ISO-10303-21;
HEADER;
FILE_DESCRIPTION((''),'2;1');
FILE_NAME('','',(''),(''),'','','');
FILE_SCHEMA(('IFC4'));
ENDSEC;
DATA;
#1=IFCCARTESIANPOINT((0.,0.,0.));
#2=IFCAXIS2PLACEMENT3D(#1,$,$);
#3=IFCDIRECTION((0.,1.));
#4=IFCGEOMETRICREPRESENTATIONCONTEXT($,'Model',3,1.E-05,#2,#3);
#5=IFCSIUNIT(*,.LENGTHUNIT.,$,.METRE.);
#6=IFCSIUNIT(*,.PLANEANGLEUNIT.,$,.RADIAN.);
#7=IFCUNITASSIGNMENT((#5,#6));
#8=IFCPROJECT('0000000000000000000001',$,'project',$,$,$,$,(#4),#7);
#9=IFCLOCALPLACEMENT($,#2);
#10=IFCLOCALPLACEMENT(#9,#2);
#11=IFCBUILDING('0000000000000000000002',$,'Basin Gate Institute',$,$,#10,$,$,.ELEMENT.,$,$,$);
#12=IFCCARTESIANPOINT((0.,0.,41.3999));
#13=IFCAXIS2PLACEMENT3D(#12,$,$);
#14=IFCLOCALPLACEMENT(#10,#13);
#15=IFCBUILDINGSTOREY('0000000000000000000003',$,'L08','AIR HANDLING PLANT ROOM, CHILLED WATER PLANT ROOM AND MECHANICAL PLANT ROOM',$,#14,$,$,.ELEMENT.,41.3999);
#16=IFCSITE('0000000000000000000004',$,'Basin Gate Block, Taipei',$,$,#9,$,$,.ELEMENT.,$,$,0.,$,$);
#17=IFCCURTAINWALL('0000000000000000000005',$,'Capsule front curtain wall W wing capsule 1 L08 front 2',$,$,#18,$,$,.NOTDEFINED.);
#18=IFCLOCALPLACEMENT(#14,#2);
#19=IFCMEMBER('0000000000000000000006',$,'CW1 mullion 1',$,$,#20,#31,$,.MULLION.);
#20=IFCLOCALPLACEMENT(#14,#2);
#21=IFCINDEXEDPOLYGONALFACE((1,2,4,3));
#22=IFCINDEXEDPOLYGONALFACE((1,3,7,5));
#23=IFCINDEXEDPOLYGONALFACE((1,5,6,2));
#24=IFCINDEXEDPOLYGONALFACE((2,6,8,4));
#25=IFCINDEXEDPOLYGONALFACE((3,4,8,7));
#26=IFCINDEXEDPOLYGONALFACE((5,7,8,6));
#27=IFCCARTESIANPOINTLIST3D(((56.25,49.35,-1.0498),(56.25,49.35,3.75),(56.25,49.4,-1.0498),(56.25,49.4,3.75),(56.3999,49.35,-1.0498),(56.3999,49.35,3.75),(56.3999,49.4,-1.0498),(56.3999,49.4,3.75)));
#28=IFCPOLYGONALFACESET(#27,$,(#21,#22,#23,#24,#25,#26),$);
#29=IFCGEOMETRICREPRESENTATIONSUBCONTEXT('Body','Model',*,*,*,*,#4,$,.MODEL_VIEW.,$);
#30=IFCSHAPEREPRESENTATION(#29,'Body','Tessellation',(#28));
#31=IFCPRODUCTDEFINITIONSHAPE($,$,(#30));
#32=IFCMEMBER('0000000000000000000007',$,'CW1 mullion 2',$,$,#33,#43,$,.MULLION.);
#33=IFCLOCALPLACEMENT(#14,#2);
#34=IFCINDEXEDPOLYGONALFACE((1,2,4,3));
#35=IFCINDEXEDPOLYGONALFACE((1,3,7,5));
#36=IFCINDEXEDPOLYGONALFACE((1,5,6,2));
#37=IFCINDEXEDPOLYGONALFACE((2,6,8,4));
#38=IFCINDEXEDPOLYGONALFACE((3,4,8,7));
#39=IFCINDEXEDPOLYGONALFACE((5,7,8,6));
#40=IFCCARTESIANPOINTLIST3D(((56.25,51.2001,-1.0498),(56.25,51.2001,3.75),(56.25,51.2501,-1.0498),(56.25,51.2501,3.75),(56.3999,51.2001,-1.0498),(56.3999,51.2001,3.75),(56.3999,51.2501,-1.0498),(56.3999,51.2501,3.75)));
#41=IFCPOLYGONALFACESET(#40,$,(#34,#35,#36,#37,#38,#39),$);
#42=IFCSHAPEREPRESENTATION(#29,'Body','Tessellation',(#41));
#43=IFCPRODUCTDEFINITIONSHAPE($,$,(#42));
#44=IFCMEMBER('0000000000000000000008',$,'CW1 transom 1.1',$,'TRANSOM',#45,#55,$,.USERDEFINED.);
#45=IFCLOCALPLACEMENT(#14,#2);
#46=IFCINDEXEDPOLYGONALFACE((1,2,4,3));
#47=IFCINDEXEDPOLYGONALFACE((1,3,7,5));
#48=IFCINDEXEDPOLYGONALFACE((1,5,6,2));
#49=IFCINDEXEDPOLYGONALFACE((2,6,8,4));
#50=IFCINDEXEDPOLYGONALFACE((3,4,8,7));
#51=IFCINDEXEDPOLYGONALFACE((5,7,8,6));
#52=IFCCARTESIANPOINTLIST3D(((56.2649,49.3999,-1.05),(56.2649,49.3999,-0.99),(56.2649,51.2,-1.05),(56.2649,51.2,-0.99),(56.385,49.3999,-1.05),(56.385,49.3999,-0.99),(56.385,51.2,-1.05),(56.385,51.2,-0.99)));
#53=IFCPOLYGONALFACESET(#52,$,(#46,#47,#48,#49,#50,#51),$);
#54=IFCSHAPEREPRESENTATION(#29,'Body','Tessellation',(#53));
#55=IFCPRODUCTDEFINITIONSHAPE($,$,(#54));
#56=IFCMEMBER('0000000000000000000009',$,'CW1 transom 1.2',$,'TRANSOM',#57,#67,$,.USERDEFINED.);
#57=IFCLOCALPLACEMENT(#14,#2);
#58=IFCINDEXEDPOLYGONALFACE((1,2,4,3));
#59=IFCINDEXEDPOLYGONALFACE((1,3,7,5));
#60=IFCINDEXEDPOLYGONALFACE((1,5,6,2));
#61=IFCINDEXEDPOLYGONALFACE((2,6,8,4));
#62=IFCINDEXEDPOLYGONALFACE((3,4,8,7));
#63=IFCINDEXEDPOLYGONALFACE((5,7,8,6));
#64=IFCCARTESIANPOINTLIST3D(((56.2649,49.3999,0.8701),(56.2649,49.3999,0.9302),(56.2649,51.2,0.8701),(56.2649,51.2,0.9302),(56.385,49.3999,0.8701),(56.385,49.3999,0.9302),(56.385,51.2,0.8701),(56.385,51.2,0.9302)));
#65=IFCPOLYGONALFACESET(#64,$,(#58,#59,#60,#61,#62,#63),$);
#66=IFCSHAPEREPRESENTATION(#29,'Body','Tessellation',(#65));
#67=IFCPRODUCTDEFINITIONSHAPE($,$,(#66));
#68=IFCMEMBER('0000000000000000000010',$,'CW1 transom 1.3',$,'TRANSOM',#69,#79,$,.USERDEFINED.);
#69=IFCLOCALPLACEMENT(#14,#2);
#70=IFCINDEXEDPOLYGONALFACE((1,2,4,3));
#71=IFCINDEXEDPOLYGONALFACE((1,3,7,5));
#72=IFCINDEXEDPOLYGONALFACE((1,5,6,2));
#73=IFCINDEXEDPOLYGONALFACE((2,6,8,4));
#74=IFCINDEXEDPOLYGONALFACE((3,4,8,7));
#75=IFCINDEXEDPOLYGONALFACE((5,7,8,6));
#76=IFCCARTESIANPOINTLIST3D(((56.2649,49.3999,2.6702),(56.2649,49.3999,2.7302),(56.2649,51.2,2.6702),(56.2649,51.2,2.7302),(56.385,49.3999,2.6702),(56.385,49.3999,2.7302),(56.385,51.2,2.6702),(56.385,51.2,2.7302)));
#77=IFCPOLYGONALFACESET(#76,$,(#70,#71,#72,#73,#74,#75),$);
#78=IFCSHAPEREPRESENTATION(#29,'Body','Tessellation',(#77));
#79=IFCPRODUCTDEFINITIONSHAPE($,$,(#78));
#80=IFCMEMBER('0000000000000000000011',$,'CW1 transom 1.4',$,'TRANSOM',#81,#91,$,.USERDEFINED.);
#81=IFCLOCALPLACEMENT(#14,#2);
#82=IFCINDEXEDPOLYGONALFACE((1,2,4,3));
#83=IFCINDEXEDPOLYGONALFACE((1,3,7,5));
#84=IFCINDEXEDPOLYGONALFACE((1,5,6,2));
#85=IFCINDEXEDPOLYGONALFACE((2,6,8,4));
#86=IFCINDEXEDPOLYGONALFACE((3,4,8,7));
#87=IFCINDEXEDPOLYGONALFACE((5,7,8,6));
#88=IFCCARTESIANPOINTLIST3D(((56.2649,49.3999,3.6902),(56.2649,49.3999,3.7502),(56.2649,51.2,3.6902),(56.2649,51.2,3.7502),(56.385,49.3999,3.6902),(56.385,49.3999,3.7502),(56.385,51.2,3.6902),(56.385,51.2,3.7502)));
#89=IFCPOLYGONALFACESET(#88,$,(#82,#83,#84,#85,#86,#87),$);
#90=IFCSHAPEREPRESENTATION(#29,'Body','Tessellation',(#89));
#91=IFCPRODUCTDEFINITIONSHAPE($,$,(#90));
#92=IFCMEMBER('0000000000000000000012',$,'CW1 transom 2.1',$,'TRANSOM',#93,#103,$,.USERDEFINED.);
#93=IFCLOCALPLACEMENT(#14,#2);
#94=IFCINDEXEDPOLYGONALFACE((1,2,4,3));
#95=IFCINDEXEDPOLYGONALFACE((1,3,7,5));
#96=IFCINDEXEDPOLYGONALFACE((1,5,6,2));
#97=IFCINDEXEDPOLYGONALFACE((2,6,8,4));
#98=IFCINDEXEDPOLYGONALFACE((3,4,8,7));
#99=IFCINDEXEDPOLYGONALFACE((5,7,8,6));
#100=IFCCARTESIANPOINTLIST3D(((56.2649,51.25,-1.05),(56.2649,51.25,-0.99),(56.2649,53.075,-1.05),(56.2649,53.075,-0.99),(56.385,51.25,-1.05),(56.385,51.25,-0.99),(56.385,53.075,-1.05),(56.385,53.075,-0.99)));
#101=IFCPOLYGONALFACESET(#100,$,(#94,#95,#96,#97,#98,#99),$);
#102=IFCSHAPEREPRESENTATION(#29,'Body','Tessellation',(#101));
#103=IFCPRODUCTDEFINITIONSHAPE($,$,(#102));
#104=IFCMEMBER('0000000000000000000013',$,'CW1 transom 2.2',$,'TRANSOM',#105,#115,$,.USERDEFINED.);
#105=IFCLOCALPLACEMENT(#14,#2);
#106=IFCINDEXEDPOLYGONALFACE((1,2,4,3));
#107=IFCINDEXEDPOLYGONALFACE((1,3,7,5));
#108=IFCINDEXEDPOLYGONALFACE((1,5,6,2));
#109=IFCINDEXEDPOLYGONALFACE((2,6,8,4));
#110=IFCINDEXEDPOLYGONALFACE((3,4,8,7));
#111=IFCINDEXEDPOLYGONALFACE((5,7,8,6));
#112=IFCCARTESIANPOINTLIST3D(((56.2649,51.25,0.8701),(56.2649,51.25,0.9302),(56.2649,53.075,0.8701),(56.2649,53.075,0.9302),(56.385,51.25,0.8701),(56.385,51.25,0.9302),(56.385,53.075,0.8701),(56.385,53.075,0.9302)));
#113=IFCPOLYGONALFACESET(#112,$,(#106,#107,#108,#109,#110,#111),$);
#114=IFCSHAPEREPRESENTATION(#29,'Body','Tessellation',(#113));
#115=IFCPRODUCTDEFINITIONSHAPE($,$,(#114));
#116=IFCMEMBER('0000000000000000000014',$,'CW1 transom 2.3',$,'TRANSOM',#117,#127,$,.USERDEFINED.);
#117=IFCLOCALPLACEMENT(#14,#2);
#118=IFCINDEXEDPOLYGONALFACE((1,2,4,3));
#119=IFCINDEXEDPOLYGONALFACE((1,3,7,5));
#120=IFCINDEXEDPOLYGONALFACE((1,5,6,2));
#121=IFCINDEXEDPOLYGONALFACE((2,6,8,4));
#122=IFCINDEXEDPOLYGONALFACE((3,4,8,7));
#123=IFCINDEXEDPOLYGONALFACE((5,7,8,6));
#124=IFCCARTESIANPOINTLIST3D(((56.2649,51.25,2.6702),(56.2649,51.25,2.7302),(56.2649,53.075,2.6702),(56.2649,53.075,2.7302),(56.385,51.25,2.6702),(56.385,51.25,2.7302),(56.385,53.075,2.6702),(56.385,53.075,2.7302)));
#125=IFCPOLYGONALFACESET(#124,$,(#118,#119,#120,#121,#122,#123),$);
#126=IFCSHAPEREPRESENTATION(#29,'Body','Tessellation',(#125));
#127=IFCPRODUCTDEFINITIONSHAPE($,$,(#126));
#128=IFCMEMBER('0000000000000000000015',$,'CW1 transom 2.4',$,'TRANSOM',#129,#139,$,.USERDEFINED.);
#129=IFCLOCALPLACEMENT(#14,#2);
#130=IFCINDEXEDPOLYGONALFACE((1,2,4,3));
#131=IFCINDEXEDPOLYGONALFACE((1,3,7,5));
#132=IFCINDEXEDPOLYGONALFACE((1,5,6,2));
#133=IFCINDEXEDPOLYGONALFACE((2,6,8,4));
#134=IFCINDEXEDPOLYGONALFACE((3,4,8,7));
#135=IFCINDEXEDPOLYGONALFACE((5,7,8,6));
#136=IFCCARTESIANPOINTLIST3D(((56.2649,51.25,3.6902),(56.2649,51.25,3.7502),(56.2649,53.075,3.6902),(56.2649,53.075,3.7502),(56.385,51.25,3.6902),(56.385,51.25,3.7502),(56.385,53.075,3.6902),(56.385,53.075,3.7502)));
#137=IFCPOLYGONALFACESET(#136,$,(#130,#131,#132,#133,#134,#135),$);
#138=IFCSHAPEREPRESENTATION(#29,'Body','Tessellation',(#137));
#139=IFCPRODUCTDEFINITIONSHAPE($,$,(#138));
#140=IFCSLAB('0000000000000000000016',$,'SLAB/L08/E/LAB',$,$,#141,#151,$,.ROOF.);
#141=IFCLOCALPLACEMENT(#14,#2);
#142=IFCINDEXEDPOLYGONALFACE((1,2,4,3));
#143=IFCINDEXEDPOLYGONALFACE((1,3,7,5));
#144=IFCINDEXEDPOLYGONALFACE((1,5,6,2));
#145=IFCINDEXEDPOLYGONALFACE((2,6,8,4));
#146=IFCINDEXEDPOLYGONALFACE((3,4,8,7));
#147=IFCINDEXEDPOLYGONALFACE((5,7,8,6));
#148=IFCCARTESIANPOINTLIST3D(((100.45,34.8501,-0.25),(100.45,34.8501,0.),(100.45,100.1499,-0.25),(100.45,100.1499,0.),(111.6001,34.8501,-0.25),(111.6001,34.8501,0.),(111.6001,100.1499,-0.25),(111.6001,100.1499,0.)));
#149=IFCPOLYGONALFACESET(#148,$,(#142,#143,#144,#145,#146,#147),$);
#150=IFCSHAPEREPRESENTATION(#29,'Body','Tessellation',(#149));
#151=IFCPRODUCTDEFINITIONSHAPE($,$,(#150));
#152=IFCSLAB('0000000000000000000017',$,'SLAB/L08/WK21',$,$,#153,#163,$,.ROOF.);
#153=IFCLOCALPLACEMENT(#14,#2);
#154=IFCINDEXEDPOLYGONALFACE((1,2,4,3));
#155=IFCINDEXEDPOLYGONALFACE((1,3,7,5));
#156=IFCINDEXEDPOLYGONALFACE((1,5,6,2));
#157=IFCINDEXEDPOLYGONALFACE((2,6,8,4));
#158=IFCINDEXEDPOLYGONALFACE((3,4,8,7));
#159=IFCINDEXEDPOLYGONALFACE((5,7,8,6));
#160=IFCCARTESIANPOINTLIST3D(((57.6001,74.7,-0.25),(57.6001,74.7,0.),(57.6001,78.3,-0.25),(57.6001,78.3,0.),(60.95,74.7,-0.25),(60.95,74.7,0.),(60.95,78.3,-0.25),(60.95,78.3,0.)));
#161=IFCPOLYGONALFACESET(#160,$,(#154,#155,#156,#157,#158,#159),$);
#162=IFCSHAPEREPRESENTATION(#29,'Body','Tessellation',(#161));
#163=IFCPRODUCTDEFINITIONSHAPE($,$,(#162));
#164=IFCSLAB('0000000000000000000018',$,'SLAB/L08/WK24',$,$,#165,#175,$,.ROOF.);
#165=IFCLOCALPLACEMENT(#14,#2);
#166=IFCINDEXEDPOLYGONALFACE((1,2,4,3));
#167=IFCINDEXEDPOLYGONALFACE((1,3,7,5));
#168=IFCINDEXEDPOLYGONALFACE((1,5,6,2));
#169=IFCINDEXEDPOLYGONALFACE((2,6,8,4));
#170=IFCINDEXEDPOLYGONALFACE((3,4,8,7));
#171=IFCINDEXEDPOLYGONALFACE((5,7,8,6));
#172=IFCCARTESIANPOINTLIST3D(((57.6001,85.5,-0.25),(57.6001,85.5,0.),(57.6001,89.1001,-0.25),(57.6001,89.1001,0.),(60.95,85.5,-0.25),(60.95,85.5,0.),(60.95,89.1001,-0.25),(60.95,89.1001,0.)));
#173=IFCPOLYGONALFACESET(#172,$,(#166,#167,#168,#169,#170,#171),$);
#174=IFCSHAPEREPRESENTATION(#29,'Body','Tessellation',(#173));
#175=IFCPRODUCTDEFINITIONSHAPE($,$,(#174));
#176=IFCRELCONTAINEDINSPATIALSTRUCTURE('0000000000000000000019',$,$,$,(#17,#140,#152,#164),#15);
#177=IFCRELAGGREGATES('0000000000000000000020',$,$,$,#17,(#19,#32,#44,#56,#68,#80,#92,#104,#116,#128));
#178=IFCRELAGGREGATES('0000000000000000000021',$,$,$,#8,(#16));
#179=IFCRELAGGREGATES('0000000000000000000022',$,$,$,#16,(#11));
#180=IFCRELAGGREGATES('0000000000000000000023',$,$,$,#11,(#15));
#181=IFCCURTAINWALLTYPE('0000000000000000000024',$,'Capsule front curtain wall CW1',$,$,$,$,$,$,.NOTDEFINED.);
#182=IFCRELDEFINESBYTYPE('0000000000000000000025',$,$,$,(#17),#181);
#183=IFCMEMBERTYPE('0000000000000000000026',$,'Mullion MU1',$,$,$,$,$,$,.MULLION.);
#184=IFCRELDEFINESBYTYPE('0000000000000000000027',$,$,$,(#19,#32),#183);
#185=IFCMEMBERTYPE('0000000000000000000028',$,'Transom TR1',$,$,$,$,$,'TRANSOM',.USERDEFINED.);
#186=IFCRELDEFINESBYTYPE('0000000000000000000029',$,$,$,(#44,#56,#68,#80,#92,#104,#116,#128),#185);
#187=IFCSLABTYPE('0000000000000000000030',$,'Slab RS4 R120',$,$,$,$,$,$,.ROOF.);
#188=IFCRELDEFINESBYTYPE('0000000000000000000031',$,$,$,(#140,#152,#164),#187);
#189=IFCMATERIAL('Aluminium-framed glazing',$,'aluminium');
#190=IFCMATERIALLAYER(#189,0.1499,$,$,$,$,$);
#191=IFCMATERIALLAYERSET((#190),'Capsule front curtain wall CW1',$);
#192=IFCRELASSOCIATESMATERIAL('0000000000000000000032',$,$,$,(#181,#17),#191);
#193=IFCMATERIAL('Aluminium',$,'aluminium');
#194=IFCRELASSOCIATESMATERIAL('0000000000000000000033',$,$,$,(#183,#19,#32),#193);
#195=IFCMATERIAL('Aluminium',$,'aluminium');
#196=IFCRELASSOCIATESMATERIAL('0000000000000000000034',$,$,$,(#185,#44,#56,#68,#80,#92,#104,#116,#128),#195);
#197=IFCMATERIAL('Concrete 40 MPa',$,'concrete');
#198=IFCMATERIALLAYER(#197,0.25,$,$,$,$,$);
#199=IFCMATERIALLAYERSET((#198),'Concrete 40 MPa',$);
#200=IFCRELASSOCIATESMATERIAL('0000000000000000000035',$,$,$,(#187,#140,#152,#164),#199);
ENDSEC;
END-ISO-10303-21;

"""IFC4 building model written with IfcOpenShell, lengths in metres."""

from ifc_helpers import new_model, si_unit, direction, frame, origin, origin_2d, place, context, subcontext, project, spatial, polyline, rectangle, outline, extrude, material, layer, layer_set, material_profile, profile_set, type_object, element, aggregate, save


model = new_model("IFC4")

# Units and contexts
model_context = context("Model", 3, precision=1e-05, world=origin(), true_north=direction((0.0, 1.0)))
body_context = subcontext(model_context, "Body", "Model", "MODEL_VIEW")
ifc_project = project(units=[si_unit("LENGTHUNIT", "METRE"), si_unit("PLANEANGLEUNIT", "RADIAN")], contexts=[model_context])

# Site, building, storey
site_placement = place(None, origin())
site = spatial("IfcSite", under=ifc_project, at=site_placement, Name="Basin Gate Block, Taipei", CompositionType="ELEMENT", RefElevation=0.0)
building_placement = place(site_placement, origin())
building = spatial("IfcBuilding", under=site, at=building_placement, Name="Basin Gate Institute", CompositionType="ELEMENT")
storey_placement = place(building_placement, frame((0.0, 0.0, 41.3999)))
storey = spatial("IfcBuildingStorey", under=building, at=storey_placement, Name="L08", Description="AIR HANDLING PLANT ROOM, CHILLED WATER PLANT ROOM AND MECHANICAL PLANT ROOM", CompositionType="ELEMENT", Elevation=41.3999)

# Curtain wall, members
ifc_material_1 = material(Name="Aluminium-framed glazing", Category="aluminium")
ifc_layer_1 = layer(ifc_material_1, 0.1499)
ifc_layer_set_1 = layer_set([ifc_layer_1], Name="Capsule front curtain wall CW1")
curtain_wall_type = type_object("IfcCurtainWallType", Name="Capsule front curtain wall CW1", PredefinedType="NOTDEFINED", material=ifc_layer_set_1)
curtain_wall_placement = place(storey_placement, origin())
curtain_wall = element("IfcCurtainWall", 1, at=curtain_wall_placement, inside=storey, type_object=curtain_wall_type, material=ifc_layer_set_1, Name="Capsule front curtain wall W wing capsule 1 L08 front 2", PredefinedType="NOTDEFINED")
ifc_material_2 = material(Name="Aluminium", Category="aluminium")
ifc_material_profile_1 = material_profile(ifc_material_2, rectangle(XDim=0.1499, YDim=0.05, at=origin_2d()), Name="Mullion MU1 150 x 50")
ifc_profile_set_1 = profile_set([ifc_material_profile_1], Name="Aluminium")
member_type_1 = type_object("IfcMemberType", Name="Mullion MU1", PredefinedType="MULLION", material=ifc_profile_set_1)
member_1_placement = place(storey_placement, frame((56.325, 49.375, -1.0498), z_axis=(0.0, 0.0, 1.0), x_axis=(-1.0, 0.0, 0.0)))
member_1 = element("IfcMember", 2, at=member_1_placement, type_object=member_type_1, material=ifc_profile_set_1, Name="CW1 mullion 1", PredefinedType="MULLION", context=body_context, shape_type="SweptSolid", body=[
    extrude(rectangle(XDim=0.1499, YDim=0.05, at=origin_2d()), origin(), (0.0, 0.0, 1.0), 4.7998),
])
member_2_placement = place(storey_placement, frame((56.325, 51.2251, -1.0498), z_axis=(0.0, 0.0, 1.0), x_axis=(-1.0, 0.0, 0.0)))
member_2 = element("IfcMember", 3, at=member_2_placement, type_object=member_type_1, material=ifc_profile_set_1, Name="CW1 mullion 2", PredefinedType="MULLION", context=body_context, shape_type="SweptSolid", body=[
    extrude(rectangle(XDim=0.1499, YDim=0.05, at=origin_2d()), origin(), (0.0, 0.0, 1.0), 4.7998),
])
ifc_material_3 = material(Name="Aluminium", Category="aluminium")
ifc_material_profile_2 = material_profile(ifc_material_3, rectangle(XDim=0.1201, YDim=0.0601, at=origin_2d()), Name="Transom TR1 120 x 60")
ifc_profile_set_2 = profile_set([ifc_material_profile_2], Name="Aluminium")
member_type_2 = type_object("IfcMemberType", Name="Transom TR1", ElementType="TRANSOM", PredefinedType="USERDEFINED", material=ifc_profile_set_2)
member_3_placement = place(storey_placement, frame((56.325, 49.3999, -1.02), z_axis=(0.0, 1.0, 0.0), x_axis=(-1.0, 0.0, 0.0)))
member_3 = element("IfcMember", 4, at=member_3_placement, type_object=member_type_2, material=ifc_profile_set_2, Name="CW1 transom 1.1", ObjectType="TRANSOM", PredefinedType="USERDEFINED", context=body_context, shape_type="SweptSolid", body=[
    extrude(rectangle(XDim=0.1201, YDim=0.0601, at=origin_2d()), origin(), (0.0, 0.0, 1.0), 1.8),
])
member_4_placement = place(storey_placement, frame((56.325, 49.3999, 0.9001), z_axis=(0.0, 1.0, 0.0), x_axis=(-1.0, 0.0, 0.0)))
member_4 = element("IfcMember", 5, at=member_4_placement, type_object=member_type_2, material=ifc_profile_set_2, Name="CW1 transom 1.2", ObjectType="TRANSOM", PredefinedType="USERDEFINED", context=body_context, shape_type="SweptSolid", body=[
    extrude(rectangle(XDim=0.1201, YDim=0.0601, at=origin_2d()), origin(), (0.0, 0.0, 1.0), 1.8),
])
member_5_placement = place(storey_placement, frame((56.325, 49.3999, 2.7002), z_axis=(0.0, 1.0, 0.0), x_axis=(-1.0, 0.0, 0.0)))
member_5 = element("IfcMember", 6, at=member_5_placement, type_object=member_type_2, material=ifc_profile_set_2, Name="CW1 transom 1.3", ObjectType="TRANSOM", PredefinedType="USERDEFINED", context=body_context, shape_type="SweptSolid", body=[
    extrude(rectangle(XDim=0.1201, YDim=0.0601, at=origin_2d()), origin(), (0.0, 0.0, 1.0), 1.8),
])
member_6_placement = place(storey_placement, frame((56.325, 49.3999, 3.7202), z_axis=(0.0, 1.0, 0.0), x_axis=(-1.0, 0.0, 0.0)))
member_6 = element("IfcMember", 7, at=member_6_placement, type_object=member_type_2, material=ifc_profile_set_2, Name="CW1 transom 1.4", ObjectType="TRANSOM", PredefinedType="USERDEFINED", context=body_context, shape_type="SweptSolid", body=[
    extrude(rectangle(XDim=0.1201, YDim=0.0601, at=origin_2d()), origin(), (0.0, 0.0, 1.0), 1.8),
])
member_7_placement = place(storey_placement, frame((56.325, 51.25, -1.02), z_axis=(0.0, 1.0, 0.0), x_axis=(-1.0, 0.0, 0.0)))
member_7 = element("IfcMember", 8, at=member_7_placement, type_object=member_type_2, material=ifc_profile_set_2, Name="CW1 transom 2.1", ObjectType="TRANSOM", PredefinedType="USERDEFINED", context=body_context, shape_type="SweptSolid", body=[
    extrude(rectangle(XDim=0.1201, YDim=0.0601, at=origin_2d()), origin(), (0.0, 0.0, 1.0), 1.825),
])
member_8_placement = place(storey_placement, frame((56.325, 51.25, 0.9001), z_axis=(0.0, 1.0, 0.0), x_axis=(-1.0, 0.0, 0.0)))
member_8 = element("IfcMember", 9, at=member_8_placement, type_object=member_type_2, material=ifc_profile_set_2, Name="CW1 transom 2.2", ObjectType="TRANSOM", PredefinedType="USERDEFINED", context=body_context, shape_type="SweptSolid", body=[
    extrude(rectangle(XDim=0.1201, YDim=0.0601, at=origin_2d()), origin(), (0.0, 0.0, 1.0), 1.825),
])
member_9_placement = place(storey_placement, frame((56.325, 51.25, 2.7002), z_axis=(0.0, 1.0, 0.0), x_axis=(-1.0, 0.0, 0.0)))
member_9 = element("IfcMember", 10, at=member_9_placement, type_object=member_type_2, material=ifc_profile_set_2, Name="CW1 transom 2.3", ObjectType="TRANSOM", PredefinedType="USERDEFINED", context=body_context, shape_type="SweptSolid", body=[
    extrude(rectangle(XDim=0.1201, YDim=0.0601, at=origin_2d()), origin(), (0.0, 0.0, 1.0), 1.825),
])
member_10_placement = place(storey_placement, frame((56.325, 51.25, 3.7202), z_axis=(0.0, 1.0, 0.0), x_axis=(-1.0, 0.0, 0.0)))
member_10 = element("IfcMember", 11, at=member_10_placement, type_object=member_type_2, material=ifc_profile_set_2, Name="CW1 transom 2.4", ObjectType="TRANSOM", PredefinedType="USERDEFINED", context=body_context, shape_type="SweptSolid", body=[
    extrude(rectangle(XDim=0.1201, YDim=0.0601, at=origin_2d()), origin(), (0.0, 0.0, 1.0), 1.825),
])

# Slabs
ifc_material_4 = material(Name="Concrete 40 MPa", Category="concrete")
ifc_layer_2 = layer(ifc_material_4, 0.25)
ifc_layer_set_2 = layer_set([ifc_layer_2], Name="Concrete 40 MPa")
slab_type_1 = type_object("IfcSlabType", Name="Slab RS4 R120", PredefinedType="ROOF", material=ifc_layer_set_2)
slab_1_placement = place(storey_placement, frame((0.0, 0.0, -0.25)))
element("IfcSlab", 12, at=slab_1_placement, inside=storey, type_object=slab_type_1, material=ifc_layer_set_2, Name="SLAB/L08/E/LAB", PredefinedType="ROOF", context=body_context, shape_type="SweptSolid", body=[
    extrude(outline(polyline([(111.6001, 100.1499), (100.45, 100.1499), (100.45, 34.8501), (111.6001, 34.8501), (111.6001, 100.1499)])), origin(), (0.0, 0.0, 1.0), 0.25),
])
slab_2_placement = place(storey_placement, frame((0.0, 0.0, -0.25)))
element("IfcSlab", 13, at=slab_2_placement, inside=storey, type_object=slab_type_1, material=ifc_layer_set_2, Name="SLAB/L08/WK21", PredefinedType="ROOF", context=body_context, shape_type="SweptSolid", body=[
    extrude(outline(polyline([(57.6001, 74.7), (60.95, 74.7), (60.95, 78.3), (57.6001, 78.3), (57.6001, 74.7)])), origin(), (0.0, 0.0, 1.0), 0.25),
])
slab_3_placement = place(storey_placement, frame((0.0, 0.0, -0.25)))
element("IfcSlab", 14, at=slab_3_placement, inside=storey, type_object=slab_type_1, material=ifc_layer_set_2, Name="SLAB/L08/WK24", PredefinedType="ROOF", context=body_context, shape_type="SweptSolid", body=[
    extrude(outline(polyline([(57.6001, 85.5), (60.95, 85.5), (60.95, 89.1001), (57.6001, 89.1001), (57.6001, 85.5)])), origin(), (0.0, 0.0, 1.0), 0.25),
])

aggregate(curtain_wall, [member_1, member_2, member_3, member_4, member_5, member_6, member_7, member_8, member_9, member_10])

save(model, "model.ifc")
